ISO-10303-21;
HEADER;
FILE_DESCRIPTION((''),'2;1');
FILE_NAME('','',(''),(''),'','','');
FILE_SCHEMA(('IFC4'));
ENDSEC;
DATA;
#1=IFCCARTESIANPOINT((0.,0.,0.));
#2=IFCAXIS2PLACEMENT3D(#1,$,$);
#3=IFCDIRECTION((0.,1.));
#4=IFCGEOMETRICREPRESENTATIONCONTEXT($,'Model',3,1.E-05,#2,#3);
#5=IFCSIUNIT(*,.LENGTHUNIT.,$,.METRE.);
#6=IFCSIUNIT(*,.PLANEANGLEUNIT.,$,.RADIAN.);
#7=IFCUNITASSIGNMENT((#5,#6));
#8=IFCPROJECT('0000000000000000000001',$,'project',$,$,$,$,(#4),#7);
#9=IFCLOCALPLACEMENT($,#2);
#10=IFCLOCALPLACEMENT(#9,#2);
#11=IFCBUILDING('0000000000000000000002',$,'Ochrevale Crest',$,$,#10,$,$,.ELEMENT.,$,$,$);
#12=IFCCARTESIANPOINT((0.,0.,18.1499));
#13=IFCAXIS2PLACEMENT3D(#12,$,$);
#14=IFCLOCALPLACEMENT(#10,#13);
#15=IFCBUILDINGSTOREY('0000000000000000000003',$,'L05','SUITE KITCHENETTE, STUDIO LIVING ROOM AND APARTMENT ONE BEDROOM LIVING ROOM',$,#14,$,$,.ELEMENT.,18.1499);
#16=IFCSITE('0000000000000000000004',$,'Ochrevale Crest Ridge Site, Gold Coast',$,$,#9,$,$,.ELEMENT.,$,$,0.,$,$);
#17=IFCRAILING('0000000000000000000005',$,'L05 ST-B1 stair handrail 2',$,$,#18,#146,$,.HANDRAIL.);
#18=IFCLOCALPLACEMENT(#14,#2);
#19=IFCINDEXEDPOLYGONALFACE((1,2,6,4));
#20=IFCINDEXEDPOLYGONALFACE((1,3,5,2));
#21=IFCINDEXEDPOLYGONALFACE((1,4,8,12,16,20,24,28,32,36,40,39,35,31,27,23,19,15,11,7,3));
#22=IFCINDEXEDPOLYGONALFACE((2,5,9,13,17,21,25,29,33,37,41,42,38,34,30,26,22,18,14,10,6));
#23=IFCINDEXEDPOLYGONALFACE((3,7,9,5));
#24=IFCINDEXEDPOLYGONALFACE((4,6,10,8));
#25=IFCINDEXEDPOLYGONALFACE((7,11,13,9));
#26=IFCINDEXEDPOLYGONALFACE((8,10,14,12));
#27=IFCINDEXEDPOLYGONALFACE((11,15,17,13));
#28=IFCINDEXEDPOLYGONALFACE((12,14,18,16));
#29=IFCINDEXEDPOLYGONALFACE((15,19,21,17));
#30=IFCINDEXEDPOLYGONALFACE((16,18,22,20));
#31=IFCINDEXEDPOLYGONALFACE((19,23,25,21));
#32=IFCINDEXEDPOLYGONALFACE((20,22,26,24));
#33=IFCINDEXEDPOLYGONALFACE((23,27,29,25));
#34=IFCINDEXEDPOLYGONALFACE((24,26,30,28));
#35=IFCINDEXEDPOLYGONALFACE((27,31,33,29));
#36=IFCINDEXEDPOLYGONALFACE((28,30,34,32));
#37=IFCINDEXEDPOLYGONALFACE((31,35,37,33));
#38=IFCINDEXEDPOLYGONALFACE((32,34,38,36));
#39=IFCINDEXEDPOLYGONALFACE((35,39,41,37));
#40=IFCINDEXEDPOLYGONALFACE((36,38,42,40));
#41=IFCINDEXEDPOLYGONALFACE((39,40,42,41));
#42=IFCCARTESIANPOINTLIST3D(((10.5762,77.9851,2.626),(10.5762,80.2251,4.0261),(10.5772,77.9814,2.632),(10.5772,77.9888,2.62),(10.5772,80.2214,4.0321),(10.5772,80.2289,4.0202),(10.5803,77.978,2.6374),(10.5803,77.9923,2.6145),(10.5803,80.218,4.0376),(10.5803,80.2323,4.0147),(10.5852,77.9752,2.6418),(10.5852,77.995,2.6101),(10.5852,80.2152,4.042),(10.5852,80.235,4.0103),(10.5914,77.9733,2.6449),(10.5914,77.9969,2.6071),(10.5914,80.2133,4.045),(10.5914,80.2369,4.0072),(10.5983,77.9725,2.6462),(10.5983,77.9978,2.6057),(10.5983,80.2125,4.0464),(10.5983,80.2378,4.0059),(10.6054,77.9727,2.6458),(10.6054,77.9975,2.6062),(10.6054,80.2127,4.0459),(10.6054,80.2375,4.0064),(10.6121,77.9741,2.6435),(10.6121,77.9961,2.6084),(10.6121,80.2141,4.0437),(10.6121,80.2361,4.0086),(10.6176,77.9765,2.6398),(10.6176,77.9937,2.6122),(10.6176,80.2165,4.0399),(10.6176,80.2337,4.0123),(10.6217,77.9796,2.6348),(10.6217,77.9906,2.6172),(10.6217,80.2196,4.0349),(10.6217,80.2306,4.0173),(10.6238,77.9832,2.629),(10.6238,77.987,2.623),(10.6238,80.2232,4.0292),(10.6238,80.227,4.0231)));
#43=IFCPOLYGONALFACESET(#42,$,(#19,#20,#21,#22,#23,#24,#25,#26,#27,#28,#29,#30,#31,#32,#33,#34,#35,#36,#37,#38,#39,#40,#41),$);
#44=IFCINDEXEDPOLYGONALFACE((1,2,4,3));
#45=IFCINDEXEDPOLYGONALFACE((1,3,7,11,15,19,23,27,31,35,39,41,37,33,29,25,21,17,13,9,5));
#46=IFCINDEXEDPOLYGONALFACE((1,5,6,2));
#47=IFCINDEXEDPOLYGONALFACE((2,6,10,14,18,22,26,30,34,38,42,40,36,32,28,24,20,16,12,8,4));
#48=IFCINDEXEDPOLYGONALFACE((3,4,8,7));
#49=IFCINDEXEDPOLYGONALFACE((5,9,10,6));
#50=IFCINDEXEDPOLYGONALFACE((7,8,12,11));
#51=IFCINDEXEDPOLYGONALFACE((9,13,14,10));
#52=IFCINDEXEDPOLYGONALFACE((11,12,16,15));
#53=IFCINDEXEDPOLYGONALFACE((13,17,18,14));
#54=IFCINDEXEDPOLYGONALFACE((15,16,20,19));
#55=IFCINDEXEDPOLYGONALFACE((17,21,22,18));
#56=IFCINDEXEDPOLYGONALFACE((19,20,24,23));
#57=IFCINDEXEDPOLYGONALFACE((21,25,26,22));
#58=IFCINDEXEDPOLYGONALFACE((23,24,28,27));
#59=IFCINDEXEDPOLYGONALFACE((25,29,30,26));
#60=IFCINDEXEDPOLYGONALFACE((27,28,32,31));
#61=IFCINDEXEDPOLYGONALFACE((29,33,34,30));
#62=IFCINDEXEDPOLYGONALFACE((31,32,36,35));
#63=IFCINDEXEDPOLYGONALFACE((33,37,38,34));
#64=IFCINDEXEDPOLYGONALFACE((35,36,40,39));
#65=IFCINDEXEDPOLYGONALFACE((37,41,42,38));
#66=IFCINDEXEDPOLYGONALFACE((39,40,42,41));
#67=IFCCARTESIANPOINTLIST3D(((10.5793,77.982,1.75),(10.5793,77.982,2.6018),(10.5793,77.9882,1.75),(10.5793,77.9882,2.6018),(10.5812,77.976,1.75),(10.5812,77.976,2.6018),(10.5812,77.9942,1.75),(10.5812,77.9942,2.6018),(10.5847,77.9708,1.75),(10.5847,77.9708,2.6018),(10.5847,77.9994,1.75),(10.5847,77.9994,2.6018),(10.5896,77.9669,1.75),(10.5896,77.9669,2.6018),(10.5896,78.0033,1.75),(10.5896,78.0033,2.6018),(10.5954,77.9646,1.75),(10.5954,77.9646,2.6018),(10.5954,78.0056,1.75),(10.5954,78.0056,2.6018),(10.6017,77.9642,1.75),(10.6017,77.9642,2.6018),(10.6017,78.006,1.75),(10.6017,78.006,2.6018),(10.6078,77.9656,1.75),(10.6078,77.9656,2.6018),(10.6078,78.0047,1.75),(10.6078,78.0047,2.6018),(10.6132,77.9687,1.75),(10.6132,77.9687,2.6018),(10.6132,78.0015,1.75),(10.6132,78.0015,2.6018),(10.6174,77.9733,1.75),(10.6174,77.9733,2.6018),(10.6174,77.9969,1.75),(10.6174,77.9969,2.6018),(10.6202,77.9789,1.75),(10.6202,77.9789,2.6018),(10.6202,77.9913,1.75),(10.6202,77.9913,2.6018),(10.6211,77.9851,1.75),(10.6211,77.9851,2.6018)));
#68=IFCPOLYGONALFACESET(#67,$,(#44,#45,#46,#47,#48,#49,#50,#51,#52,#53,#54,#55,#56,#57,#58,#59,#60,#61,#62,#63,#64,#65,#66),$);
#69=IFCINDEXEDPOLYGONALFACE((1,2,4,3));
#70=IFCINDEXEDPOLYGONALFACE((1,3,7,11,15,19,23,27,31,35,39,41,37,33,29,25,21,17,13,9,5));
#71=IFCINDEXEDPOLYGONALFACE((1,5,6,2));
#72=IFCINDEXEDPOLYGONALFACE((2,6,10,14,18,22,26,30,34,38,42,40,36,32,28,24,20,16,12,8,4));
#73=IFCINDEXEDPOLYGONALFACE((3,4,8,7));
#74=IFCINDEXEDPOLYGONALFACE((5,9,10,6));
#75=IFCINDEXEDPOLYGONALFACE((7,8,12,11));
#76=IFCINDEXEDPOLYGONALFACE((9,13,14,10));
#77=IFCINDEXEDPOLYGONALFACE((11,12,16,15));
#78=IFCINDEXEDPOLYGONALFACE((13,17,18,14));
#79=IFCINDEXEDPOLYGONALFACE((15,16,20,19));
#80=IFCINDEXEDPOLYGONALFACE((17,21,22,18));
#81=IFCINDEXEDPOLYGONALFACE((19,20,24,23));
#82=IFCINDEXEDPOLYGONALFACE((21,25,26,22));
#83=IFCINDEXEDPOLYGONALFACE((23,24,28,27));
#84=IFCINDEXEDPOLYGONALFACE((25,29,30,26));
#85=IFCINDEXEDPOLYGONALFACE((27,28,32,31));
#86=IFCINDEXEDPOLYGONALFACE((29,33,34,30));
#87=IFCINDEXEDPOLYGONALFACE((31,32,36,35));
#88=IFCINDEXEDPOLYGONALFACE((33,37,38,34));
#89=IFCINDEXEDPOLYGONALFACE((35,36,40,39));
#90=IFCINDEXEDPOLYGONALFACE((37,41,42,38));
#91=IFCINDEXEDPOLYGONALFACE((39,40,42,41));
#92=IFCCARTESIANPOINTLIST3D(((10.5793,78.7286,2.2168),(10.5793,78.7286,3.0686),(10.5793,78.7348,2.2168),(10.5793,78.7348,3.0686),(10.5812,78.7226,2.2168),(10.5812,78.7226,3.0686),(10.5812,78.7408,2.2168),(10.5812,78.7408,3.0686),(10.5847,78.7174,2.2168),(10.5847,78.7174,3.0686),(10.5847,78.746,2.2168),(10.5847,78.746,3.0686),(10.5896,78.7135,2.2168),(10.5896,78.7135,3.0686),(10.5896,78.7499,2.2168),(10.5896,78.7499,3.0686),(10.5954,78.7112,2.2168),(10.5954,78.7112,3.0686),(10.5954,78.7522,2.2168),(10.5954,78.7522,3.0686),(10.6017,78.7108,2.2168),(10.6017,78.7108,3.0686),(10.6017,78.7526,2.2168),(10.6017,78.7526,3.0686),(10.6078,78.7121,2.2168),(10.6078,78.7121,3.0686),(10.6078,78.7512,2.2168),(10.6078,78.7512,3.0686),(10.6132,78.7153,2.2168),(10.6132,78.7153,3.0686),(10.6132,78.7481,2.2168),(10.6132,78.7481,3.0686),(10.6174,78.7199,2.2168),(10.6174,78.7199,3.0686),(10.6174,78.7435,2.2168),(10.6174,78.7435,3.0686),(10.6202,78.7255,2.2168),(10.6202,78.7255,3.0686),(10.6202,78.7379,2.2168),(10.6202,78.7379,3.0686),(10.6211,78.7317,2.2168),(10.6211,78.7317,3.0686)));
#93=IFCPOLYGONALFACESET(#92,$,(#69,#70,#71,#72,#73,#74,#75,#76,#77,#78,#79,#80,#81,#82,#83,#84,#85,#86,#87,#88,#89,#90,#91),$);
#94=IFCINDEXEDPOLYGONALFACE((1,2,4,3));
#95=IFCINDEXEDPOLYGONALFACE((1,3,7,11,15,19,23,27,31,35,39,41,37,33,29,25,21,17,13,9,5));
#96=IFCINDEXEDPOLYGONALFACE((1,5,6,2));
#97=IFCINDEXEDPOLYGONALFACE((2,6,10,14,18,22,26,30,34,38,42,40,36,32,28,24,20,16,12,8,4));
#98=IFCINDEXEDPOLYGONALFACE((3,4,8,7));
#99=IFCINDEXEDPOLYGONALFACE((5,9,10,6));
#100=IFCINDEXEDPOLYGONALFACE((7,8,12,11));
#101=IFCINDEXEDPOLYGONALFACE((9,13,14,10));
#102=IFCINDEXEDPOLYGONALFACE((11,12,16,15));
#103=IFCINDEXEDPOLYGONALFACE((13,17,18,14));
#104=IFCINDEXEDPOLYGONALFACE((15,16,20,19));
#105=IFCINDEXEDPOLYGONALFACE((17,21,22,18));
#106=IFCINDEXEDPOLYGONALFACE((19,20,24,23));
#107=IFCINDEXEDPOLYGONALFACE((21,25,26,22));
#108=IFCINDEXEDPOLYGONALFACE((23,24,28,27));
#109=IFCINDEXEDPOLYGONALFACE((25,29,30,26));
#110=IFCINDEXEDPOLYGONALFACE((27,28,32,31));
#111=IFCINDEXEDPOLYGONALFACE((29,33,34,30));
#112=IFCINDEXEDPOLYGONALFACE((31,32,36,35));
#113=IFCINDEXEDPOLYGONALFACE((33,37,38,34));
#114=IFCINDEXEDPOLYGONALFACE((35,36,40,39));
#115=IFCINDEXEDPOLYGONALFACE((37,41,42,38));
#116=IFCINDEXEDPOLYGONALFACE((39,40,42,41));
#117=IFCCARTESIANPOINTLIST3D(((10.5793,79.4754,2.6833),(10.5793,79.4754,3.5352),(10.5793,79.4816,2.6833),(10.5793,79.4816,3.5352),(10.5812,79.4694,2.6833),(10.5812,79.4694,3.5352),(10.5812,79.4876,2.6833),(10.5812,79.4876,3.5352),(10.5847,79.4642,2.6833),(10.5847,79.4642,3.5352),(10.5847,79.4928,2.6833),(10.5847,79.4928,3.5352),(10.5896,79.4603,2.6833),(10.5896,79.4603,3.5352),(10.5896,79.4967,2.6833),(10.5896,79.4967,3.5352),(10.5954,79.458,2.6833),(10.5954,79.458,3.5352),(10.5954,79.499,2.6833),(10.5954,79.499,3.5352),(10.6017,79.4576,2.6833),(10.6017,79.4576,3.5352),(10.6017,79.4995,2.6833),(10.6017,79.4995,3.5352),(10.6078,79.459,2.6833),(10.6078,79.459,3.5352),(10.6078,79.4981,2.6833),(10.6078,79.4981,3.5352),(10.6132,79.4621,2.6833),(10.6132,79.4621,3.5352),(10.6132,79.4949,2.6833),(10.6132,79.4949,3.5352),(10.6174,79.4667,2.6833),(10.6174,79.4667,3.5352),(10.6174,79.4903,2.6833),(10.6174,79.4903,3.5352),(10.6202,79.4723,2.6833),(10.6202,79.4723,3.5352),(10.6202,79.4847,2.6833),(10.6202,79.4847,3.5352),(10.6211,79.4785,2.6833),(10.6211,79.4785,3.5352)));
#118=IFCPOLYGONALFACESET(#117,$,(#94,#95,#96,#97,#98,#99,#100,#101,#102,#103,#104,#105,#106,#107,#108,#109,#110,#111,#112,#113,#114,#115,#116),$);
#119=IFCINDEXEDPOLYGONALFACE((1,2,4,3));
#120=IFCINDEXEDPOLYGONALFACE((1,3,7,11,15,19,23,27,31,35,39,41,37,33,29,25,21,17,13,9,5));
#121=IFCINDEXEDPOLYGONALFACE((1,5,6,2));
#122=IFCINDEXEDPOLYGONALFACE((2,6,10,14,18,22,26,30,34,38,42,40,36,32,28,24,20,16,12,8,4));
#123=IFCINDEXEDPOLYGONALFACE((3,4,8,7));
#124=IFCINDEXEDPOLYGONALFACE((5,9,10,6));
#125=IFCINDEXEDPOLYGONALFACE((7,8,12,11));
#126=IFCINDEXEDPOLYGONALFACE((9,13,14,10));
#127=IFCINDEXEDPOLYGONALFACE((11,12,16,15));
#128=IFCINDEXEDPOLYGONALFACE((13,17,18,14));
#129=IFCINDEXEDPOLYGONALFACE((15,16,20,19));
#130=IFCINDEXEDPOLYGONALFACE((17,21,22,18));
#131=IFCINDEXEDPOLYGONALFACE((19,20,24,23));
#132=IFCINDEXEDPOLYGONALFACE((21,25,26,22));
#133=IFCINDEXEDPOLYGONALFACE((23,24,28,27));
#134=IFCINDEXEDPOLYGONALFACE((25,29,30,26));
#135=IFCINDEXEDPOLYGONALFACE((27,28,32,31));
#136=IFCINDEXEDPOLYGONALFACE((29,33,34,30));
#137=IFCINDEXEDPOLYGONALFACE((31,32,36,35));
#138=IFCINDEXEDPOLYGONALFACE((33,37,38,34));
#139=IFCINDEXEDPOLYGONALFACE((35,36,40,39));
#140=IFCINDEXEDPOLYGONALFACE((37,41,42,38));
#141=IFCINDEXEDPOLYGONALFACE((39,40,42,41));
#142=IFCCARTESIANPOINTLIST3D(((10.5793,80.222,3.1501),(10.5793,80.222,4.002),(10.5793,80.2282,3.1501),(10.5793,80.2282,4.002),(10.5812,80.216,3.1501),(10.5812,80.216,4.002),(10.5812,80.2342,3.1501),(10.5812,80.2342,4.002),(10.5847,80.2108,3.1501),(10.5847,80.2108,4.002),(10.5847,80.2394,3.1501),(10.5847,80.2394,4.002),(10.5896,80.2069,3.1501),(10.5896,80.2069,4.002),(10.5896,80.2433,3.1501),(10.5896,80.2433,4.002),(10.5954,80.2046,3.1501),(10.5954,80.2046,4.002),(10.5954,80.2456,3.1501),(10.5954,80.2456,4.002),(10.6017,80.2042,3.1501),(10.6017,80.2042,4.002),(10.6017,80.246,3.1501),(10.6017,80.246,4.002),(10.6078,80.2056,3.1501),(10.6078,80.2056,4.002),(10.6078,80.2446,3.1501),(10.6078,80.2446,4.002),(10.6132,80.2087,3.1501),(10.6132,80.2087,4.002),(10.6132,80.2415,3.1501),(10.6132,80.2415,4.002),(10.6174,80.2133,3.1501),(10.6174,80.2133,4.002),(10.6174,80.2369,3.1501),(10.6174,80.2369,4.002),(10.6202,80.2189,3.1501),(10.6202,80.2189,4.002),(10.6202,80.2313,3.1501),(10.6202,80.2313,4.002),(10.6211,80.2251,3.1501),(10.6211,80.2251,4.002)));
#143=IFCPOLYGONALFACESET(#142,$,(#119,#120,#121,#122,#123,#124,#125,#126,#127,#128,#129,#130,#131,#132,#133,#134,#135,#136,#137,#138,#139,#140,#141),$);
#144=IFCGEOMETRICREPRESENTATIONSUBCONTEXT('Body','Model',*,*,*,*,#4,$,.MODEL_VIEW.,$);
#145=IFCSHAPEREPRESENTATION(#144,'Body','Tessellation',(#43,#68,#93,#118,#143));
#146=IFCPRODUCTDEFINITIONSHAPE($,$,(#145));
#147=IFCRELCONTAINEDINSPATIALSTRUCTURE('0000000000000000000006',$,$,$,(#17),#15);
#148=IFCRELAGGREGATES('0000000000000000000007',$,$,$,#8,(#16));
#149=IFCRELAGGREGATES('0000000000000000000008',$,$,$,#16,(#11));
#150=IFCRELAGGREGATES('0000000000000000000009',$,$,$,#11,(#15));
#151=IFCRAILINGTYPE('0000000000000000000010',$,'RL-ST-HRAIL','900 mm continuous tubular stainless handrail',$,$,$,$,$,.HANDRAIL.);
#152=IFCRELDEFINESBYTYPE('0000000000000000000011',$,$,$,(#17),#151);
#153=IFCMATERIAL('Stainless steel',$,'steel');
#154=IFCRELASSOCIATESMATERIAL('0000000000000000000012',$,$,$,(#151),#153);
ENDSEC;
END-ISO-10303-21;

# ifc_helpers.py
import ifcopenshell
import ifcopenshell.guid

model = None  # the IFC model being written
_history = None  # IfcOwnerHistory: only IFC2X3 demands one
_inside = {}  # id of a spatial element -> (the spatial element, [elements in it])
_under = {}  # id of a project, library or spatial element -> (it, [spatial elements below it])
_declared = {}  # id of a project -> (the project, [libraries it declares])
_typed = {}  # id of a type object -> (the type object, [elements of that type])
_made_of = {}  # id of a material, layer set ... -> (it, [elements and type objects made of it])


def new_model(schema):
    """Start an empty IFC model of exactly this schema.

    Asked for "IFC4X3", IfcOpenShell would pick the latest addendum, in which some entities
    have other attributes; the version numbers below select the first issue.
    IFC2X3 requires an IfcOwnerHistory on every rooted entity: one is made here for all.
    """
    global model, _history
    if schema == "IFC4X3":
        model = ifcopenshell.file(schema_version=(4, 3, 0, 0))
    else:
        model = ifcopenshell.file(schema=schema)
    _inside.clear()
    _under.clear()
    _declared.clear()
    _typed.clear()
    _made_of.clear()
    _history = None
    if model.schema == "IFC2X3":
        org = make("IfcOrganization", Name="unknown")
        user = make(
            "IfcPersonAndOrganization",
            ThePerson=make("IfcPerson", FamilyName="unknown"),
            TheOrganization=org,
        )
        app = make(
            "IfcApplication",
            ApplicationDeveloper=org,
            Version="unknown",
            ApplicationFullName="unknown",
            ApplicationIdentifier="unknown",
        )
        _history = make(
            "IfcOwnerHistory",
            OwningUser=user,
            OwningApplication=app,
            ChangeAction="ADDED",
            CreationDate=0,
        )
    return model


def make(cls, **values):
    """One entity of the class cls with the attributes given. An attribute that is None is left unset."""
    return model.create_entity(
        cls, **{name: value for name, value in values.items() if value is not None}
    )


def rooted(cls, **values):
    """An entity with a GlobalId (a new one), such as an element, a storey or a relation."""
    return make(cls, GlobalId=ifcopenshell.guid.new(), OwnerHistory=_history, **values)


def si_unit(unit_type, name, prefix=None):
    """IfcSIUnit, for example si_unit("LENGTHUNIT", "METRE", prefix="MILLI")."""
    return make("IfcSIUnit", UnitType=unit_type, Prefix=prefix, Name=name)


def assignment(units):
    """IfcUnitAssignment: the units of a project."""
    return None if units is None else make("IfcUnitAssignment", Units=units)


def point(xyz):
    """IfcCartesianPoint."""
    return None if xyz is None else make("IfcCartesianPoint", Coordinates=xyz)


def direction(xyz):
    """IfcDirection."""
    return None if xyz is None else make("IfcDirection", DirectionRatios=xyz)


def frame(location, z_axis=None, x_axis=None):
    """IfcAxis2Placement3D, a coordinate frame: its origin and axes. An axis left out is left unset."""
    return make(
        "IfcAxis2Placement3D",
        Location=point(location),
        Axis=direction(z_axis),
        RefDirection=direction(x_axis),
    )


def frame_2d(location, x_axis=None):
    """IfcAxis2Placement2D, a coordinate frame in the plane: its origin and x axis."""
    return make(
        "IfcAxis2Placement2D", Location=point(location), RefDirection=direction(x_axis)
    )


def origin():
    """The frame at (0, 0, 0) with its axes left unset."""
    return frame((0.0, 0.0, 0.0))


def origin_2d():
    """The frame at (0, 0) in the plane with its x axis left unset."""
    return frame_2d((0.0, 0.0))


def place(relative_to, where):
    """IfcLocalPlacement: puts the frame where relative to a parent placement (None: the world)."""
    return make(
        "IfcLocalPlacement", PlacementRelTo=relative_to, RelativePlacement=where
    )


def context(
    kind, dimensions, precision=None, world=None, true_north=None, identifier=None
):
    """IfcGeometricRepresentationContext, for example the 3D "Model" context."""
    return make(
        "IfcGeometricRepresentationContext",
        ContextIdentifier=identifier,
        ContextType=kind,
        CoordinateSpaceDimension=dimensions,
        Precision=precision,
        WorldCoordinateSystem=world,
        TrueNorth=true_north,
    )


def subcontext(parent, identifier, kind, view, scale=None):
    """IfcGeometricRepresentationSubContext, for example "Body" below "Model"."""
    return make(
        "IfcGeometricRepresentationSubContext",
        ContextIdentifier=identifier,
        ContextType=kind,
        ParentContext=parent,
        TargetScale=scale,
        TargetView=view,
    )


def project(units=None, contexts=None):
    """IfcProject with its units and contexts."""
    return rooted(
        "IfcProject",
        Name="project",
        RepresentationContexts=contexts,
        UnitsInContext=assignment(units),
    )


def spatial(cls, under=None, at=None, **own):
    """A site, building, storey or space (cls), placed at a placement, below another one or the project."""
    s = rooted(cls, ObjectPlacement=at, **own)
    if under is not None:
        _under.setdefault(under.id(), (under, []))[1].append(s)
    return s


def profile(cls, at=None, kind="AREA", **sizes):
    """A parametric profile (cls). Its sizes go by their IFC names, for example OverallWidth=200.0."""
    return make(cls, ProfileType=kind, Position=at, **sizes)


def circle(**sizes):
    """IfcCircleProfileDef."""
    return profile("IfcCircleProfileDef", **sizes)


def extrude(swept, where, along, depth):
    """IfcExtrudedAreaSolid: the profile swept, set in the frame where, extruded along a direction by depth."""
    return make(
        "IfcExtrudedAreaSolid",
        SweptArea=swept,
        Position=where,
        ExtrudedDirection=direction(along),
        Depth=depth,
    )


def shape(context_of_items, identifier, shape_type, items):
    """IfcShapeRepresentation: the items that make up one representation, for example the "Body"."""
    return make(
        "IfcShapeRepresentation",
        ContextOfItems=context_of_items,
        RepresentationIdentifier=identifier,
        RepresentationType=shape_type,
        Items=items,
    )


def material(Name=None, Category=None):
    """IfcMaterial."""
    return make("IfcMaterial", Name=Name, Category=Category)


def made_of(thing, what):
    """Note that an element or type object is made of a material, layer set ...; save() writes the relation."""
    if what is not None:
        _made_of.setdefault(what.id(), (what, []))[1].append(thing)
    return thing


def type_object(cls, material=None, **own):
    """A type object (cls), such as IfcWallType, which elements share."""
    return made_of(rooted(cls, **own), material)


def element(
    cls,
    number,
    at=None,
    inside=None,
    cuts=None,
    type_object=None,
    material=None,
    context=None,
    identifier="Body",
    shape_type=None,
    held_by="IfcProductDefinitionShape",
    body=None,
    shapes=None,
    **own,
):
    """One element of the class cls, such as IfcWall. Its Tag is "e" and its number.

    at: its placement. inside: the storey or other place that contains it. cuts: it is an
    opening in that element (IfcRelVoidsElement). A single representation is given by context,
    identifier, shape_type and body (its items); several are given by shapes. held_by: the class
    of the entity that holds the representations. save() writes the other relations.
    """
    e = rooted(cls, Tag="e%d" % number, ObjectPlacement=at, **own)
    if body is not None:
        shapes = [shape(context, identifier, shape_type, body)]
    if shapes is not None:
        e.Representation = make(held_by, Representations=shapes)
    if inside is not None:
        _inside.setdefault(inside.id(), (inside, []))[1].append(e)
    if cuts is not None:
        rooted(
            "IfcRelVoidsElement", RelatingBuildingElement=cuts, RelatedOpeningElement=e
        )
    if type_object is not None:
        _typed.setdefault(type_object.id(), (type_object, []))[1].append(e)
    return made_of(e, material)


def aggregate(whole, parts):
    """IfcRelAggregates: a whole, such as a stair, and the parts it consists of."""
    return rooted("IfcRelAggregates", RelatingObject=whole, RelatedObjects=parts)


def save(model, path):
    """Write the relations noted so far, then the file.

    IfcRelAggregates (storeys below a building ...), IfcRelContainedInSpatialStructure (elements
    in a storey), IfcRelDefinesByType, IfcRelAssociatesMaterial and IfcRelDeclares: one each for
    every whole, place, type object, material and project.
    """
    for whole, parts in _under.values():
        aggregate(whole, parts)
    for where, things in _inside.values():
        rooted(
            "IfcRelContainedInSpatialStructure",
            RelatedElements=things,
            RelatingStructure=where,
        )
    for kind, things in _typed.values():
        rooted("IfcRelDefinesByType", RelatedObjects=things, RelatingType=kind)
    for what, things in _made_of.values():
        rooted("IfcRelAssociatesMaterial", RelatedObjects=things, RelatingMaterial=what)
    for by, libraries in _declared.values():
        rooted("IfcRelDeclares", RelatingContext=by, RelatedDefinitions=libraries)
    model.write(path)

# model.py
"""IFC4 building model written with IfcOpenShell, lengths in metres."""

from ifc_helpers import new_model, si_unit, direction, frame, origin, origin_2d, place, context, subcontext, project, spatial, circle, extrude, material, type_object, element, save


model = new_model("IFC4")

# Units and contexts
model_context = context("Model", 3, precision=1e-05, world=origin(), true_north=direction((0.0, 1.0)))
body_context = subcontext(model_context, "Body", "Model", "MODEL_VIEW")
ifc_project = project(units=[si_unit("LENGTHUNIT", "METRE"), si_unit("PLANEANGLEUNIT", "RADIAN")], contexts=[model_context])

# Site, building, storey
site_placement = place(None, origin())
site = spatial("IfcSite", under=ifc_project, at=site_placement, Name="Ochrevale Crest Ridge Site, Gold Coast", CompositionType="ELEMENT", RefElevation=0.0)
building_placement = place(site_placement, origin())
building = spatial("IfcBuilding", under=site, at=building_placement, Name="Ochrevale Crest", CompositionType="ELEMENT")
storey_placement = place(building_placement, frame((0.0, 0.0, 18.1499)))
storey = spatial("IfcBuildingStorey", under=building, at=storey_placement, Name="L05", Description="SUITE KITCHENETTE, STUDIO LIVING ROOM AND APARTMENT ONE BEDROOM LIVING ROOM", CompositionType="ELEMENT", Elevation=18.1499)

# Railing
ifc_material_1 = material(Name="Stainless steel", Category="steel")
railing_type_1 = type_object("IfcRailingType", Name="RL-ST-HRAIL", Description="900 mm continuous tubular stainless handrail", PredefinedType="HANDRAIL", material=ifc_material_1)
railing_1_placement = place(storey_placement, frame((10.6001, 77.9851, 1.75)))
element("IfcRailing", 1, at=railing_1_placement, inside=storey, type_object=railing_type_1, Name="L05 ST-B1 stair handrail 2", PredefinedType="HANDRAIL", context=body_context, shape_type="SweptSolid", body=[
    extrude(circle(Radius=0.0239, at=origin_2d()), frame((0.0, 0.0, 0.876), z_axis=(0.0, 0.847972, 0.53004), x_axis=(-1.0, 0.0, 0.0)), (0.0, 0.0, 1.0), 2.6416),
    extrude(circle(Radius=0.021, at=origin_2d()), origin(), (0.0, 0.0, 1.0), 0.8518),
    extrude(circle(Radius=0.021, at=origin_2d()), frame((0.0, 0.7466, 0.4668)), (0.0, 0.0, 1.0), 0.8518),
    extrude(circle(Radius=0.021, at=origin_2d()), frame((0.0, 1.4934, 0.9333)), (0.0, 0.0, 1.0), 0.8518),
    extrude(circle(Radius=0.021, at=origin_2d()), frame((0.0, 2.24, 1.4001)), (0.0, 0.0, 1.0), 0.8518),
])

save(model, "model.ifc")
